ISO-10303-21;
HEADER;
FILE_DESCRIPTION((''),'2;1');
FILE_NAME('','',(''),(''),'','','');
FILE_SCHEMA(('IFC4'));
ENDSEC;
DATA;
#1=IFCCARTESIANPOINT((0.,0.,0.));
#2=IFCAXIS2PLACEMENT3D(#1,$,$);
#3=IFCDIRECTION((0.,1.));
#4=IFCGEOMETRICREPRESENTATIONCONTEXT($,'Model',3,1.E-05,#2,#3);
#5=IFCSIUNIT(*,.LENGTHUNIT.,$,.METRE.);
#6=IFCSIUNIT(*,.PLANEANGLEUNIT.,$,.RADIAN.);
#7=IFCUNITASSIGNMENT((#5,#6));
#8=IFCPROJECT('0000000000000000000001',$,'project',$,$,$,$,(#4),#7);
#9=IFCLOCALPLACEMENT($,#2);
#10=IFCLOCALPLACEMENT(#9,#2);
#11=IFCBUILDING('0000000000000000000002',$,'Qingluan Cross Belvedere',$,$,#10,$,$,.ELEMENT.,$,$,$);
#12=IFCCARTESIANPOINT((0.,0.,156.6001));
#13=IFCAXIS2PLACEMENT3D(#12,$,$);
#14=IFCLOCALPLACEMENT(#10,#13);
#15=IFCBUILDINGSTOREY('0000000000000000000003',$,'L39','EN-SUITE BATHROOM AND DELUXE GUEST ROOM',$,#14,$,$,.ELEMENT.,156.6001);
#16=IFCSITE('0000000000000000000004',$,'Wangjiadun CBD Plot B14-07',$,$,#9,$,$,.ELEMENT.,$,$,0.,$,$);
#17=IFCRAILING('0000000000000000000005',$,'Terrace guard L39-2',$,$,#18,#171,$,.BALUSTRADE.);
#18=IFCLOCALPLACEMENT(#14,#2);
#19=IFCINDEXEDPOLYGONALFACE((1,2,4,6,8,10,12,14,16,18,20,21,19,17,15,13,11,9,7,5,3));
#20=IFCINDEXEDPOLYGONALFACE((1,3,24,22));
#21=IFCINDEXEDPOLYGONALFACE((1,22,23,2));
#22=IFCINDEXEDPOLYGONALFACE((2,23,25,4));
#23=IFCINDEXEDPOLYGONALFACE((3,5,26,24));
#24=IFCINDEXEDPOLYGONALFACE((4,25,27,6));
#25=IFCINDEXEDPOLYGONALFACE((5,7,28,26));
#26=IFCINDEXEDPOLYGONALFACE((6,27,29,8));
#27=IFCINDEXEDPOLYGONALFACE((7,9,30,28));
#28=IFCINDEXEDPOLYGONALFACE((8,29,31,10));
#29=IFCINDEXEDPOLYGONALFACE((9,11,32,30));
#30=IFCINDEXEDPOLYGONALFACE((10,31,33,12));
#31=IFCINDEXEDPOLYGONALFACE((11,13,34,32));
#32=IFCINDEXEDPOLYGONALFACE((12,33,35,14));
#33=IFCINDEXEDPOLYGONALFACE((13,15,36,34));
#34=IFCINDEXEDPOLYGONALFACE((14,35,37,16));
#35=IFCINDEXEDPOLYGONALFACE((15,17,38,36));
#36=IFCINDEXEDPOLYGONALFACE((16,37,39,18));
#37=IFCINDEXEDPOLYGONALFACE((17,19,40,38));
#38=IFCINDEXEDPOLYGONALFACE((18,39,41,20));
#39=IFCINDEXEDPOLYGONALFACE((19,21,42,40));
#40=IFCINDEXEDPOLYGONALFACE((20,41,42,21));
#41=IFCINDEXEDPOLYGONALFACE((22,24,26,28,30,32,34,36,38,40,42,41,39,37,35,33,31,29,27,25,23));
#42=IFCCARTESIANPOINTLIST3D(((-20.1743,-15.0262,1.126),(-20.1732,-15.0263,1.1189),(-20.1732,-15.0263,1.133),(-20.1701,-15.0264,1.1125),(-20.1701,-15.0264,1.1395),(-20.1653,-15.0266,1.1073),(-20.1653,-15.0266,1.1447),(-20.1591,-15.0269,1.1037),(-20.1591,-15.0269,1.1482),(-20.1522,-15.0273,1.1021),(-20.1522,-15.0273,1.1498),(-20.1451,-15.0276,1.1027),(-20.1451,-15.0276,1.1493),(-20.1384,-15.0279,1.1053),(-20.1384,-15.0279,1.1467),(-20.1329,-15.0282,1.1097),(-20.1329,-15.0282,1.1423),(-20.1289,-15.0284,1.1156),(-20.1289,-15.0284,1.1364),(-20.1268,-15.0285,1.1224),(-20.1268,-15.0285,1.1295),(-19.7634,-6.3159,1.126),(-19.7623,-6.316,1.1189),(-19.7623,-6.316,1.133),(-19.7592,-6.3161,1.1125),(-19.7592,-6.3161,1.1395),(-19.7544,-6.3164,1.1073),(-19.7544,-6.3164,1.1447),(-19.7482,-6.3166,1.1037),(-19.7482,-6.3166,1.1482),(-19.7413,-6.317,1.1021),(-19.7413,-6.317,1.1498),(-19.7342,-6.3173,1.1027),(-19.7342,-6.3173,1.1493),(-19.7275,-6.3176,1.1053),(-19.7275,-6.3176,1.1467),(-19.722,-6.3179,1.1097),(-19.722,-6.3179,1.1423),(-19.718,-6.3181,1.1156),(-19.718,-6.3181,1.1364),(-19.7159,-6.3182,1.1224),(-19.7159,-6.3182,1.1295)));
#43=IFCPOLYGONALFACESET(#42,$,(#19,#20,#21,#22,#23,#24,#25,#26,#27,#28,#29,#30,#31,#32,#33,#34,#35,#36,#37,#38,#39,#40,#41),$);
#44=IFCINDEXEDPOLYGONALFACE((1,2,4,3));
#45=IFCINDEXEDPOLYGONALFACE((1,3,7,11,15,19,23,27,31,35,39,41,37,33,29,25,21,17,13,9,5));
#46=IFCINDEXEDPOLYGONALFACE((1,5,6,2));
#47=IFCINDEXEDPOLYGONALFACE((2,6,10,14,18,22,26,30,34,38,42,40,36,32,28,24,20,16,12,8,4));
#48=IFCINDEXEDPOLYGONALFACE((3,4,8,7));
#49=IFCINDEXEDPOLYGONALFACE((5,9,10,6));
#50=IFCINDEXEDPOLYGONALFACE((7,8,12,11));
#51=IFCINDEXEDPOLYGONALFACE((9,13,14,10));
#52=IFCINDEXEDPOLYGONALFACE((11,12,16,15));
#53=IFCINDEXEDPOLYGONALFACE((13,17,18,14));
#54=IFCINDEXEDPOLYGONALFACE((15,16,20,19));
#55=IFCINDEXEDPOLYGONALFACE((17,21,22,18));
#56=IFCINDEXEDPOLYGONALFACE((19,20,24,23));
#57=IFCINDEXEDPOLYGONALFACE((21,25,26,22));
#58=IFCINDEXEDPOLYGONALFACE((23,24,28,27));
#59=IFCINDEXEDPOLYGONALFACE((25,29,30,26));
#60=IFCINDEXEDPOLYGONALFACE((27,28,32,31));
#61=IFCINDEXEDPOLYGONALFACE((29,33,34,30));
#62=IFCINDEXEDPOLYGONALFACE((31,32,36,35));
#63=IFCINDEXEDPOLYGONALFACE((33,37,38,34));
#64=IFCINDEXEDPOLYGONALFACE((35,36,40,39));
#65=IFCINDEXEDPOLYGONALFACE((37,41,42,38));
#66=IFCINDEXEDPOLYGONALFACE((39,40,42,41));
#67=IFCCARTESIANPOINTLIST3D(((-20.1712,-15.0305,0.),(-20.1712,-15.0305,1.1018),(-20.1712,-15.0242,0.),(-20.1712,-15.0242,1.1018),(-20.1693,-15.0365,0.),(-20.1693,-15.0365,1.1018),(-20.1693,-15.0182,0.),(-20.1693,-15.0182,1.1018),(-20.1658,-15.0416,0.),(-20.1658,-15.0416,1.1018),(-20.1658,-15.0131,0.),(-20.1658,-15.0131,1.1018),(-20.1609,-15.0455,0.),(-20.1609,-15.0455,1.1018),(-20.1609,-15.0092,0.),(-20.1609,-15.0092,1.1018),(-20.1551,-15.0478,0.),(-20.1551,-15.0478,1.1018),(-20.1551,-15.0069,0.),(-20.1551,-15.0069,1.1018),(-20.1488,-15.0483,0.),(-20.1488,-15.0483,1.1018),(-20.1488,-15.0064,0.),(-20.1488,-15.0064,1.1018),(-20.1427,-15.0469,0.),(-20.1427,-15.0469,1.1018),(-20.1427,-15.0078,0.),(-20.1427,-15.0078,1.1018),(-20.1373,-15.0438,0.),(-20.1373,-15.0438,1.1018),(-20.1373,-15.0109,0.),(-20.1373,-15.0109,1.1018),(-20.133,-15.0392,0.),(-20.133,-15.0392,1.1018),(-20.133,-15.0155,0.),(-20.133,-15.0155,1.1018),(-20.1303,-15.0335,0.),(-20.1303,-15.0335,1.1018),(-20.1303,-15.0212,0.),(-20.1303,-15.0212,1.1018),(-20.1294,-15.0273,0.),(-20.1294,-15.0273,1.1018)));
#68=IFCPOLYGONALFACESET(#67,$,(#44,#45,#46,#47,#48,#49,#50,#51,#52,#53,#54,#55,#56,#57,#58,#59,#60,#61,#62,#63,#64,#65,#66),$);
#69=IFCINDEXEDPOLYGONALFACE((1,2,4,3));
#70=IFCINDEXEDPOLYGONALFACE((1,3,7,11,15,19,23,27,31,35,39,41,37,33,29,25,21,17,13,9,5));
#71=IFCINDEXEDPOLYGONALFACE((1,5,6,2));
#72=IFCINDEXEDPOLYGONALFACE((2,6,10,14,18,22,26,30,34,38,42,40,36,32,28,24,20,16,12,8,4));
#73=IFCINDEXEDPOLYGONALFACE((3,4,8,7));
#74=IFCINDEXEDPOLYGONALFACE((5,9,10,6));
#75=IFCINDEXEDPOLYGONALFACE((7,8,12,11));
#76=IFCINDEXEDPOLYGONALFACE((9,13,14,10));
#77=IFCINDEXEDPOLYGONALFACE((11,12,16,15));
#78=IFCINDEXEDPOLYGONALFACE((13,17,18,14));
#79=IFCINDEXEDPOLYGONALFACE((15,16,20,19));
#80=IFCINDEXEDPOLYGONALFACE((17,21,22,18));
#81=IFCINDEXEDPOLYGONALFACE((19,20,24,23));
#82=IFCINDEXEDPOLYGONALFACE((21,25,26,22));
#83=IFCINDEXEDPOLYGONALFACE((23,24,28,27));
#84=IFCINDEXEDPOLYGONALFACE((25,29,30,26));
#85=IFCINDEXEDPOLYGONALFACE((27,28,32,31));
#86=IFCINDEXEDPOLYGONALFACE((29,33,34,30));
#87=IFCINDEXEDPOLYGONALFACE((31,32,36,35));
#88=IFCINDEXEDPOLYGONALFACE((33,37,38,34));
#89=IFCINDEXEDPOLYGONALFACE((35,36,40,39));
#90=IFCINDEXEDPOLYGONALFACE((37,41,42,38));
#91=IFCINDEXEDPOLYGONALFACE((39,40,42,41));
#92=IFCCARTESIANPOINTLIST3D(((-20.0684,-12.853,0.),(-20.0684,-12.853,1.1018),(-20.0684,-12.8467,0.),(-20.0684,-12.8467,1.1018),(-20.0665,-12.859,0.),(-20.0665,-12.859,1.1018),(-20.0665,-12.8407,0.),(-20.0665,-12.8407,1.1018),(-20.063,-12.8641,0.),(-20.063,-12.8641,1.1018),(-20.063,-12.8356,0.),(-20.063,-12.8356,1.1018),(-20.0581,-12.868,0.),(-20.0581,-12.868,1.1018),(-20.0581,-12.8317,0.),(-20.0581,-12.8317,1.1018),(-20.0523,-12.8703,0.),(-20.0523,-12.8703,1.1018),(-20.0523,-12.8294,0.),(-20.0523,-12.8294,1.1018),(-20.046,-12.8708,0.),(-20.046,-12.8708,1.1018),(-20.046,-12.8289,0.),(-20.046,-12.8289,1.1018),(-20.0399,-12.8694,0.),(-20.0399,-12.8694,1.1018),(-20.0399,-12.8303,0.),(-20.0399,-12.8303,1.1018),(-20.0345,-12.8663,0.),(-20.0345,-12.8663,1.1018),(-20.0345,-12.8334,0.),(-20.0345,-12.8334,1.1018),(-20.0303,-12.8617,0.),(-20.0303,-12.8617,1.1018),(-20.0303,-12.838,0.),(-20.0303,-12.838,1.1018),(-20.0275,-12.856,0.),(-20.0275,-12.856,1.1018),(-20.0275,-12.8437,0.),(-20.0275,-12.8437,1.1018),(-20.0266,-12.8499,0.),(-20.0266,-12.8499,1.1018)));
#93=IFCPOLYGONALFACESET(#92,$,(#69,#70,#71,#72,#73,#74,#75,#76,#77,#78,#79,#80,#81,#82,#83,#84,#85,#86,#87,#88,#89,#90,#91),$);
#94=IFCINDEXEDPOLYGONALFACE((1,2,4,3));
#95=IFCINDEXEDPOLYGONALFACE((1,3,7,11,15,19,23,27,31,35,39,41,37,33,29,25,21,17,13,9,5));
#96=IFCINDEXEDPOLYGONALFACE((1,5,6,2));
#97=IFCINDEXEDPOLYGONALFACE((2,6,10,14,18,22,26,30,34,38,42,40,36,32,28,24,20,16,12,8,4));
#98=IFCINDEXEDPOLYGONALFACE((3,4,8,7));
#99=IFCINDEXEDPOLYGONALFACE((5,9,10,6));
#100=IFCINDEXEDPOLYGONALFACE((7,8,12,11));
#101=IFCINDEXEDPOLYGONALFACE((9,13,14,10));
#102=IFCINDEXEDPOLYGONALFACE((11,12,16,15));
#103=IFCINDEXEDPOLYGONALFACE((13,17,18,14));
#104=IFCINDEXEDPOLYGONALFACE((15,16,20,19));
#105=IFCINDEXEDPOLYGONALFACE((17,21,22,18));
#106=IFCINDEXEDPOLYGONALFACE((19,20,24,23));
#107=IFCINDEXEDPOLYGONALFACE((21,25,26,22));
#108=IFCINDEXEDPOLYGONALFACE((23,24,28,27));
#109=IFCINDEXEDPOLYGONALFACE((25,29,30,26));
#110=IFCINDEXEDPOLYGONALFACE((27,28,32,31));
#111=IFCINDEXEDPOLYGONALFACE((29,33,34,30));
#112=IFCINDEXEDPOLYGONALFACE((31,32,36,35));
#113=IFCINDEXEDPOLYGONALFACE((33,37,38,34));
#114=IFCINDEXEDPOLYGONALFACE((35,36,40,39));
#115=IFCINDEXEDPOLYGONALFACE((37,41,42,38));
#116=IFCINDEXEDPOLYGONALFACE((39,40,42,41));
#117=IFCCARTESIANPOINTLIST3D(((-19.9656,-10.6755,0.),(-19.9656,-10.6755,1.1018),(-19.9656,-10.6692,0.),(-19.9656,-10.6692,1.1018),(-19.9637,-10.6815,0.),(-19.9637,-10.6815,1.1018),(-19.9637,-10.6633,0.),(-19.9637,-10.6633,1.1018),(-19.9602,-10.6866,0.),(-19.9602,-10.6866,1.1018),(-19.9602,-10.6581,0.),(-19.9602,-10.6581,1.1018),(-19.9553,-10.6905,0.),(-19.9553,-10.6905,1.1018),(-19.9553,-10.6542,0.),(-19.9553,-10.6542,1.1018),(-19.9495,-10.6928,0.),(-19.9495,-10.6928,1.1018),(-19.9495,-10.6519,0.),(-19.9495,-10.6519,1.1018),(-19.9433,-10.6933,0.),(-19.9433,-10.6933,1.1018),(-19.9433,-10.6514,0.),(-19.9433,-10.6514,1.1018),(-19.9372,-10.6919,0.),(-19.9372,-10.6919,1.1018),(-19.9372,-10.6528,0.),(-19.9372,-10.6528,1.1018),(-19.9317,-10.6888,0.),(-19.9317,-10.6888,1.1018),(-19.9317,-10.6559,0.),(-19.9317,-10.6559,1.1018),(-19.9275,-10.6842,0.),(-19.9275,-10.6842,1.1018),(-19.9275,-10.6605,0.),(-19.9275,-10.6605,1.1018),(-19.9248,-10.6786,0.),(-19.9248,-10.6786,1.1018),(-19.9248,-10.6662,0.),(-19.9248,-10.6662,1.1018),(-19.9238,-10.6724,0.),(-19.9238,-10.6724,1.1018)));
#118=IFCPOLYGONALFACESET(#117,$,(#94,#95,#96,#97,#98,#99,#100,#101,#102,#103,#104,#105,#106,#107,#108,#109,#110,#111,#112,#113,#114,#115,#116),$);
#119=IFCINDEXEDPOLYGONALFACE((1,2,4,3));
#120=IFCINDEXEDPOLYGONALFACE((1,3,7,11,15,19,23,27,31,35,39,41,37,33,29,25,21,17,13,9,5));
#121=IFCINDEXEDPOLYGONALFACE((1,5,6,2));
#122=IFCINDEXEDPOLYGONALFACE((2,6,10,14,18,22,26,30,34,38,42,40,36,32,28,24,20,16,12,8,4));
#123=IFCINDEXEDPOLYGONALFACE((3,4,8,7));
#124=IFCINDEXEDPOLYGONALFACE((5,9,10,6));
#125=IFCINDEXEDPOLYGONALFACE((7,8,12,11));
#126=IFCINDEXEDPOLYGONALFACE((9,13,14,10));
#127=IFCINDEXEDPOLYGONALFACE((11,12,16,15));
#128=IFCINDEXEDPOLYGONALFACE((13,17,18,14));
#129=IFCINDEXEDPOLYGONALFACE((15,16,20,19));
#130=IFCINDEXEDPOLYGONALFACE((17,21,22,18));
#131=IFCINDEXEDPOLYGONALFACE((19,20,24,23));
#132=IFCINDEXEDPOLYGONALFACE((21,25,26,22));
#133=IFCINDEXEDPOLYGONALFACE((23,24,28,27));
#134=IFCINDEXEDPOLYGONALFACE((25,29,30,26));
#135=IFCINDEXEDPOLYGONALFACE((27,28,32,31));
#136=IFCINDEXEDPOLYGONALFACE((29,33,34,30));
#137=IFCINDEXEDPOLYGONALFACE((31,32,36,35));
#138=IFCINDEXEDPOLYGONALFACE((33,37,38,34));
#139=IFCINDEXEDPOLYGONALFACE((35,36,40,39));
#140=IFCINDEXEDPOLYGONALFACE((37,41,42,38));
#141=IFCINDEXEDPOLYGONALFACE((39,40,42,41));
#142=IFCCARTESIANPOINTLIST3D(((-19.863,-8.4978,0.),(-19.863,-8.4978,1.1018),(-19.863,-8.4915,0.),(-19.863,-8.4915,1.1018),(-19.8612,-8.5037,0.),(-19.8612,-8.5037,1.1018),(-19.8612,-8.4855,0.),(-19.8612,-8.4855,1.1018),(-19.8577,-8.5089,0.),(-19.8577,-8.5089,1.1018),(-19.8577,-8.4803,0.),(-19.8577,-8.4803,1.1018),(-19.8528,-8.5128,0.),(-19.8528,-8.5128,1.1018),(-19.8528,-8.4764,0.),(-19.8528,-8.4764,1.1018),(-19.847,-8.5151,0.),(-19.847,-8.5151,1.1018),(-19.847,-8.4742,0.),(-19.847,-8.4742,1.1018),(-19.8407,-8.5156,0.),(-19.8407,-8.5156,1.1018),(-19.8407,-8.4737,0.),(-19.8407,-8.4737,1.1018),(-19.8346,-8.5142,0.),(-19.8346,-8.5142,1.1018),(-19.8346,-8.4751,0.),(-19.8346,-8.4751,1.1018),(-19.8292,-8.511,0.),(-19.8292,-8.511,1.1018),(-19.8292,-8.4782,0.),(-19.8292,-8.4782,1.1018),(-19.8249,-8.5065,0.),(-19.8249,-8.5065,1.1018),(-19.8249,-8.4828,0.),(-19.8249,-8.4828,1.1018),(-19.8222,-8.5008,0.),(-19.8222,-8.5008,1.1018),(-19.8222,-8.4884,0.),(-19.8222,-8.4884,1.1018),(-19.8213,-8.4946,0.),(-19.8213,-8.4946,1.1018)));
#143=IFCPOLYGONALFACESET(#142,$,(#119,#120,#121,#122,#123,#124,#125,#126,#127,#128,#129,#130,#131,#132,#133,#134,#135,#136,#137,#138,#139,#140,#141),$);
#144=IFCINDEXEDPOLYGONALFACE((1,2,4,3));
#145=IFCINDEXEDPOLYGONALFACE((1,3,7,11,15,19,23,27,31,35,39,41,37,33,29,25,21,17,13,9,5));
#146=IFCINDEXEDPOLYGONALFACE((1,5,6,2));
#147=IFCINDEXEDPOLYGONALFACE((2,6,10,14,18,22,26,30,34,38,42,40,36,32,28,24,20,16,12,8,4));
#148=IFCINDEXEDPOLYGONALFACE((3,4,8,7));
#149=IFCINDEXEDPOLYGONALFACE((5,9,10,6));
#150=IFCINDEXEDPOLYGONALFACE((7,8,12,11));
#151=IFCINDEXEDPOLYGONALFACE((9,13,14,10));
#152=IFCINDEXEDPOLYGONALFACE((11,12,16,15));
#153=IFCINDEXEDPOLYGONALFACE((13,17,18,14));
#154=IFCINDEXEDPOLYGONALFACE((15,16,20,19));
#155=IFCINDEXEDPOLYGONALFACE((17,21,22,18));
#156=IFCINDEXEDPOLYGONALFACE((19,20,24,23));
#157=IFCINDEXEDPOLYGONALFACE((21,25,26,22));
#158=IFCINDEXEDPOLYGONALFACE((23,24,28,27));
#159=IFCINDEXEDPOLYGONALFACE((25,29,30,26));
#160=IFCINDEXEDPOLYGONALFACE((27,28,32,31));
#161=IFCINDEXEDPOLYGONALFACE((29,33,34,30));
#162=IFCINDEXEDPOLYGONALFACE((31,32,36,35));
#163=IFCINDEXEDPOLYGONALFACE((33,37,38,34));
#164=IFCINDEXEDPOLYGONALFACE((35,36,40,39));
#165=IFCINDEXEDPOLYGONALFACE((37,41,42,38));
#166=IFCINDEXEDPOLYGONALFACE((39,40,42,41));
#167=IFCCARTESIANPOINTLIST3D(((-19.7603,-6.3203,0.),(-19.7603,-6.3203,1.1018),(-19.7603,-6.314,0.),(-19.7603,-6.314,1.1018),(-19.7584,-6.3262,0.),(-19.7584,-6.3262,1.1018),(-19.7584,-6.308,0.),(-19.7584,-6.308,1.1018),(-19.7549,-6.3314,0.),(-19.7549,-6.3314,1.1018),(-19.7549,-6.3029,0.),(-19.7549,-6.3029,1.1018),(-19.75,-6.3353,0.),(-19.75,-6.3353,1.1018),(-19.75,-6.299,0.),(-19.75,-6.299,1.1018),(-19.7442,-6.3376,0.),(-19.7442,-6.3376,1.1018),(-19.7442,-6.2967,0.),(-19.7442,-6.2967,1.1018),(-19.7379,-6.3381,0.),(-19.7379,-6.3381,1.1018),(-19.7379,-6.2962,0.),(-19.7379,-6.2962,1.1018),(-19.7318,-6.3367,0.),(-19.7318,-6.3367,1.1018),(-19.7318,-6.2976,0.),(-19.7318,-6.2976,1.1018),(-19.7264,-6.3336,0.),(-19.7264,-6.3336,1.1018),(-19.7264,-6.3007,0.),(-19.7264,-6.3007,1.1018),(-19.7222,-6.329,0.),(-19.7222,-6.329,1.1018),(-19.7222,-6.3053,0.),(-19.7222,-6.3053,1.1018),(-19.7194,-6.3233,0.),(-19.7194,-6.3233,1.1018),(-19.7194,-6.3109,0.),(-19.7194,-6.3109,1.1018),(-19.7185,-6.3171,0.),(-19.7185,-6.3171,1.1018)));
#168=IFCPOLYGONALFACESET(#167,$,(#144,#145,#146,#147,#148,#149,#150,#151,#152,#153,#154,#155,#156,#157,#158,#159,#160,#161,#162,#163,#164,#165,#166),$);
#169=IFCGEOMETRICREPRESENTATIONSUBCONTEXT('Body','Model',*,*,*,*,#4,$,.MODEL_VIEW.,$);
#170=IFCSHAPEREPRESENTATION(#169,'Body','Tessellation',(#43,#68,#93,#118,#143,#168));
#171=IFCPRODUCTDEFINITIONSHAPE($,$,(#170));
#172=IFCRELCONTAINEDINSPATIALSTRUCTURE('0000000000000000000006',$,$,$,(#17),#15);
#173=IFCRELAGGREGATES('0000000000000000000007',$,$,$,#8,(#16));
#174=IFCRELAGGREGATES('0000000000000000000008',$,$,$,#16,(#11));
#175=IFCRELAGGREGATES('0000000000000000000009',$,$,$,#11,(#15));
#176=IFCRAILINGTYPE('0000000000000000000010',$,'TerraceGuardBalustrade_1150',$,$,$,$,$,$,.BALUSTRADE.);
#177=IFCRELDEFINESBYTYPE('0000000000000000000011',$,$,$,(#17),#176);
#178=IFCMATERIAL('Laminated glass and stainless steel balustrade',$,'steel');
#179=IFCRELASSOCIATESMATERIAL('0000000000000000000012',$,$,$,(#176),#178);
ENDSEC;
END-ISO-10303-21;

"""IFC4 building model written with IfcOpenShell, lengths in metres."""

from ifc_helpers import new_model, si_unit, direction, frame, origin, origin_2d, place, context, subcontext, project, spatial, circle, extrude, material, type_object, element, save


model = new_model("IFC4")

# Units and contexts
model_context = context("Model", 3, precision=1e-05, world=origin(), true_north=direction((0.0, 1.0)))
body_context = subcontext(model_context, "Body", "Model", "MODEL_VIEW")
ifc_project = project(units=[si_unit("LENGTHUNIT", "METRE"), si_unit("PLANEANGLEUNIT", "RADIAN")], contexts=[model_context])

# Site, building, storey
site_placement = place(None, origin())
site = spatial("IfcSite", under=ifc_project, at=site_placement, Name="Wangjiadun CBD Plot B14-07", CompositionType="ELEMENT", RefElevation=0.0)
building_placement = place(site_placement, origin())
building = spatial("IfcBuilding", under=site, at=building_placement, Name="Qingluan Cross Belvedere", CompositionType="ELEMENT")
storey_placement = place(building_placement, frame((0.0, 0.0, 156.6001)))
storey = spatial("IfcBuildingStorey", under=building, at=storey_placement, Name="L39", Description="EN-SUITE BATHROOM AND DELUXE GUEST ROOM", CompositionType="ELEMENT", Elevation=156.6001)

# Railing
ifc_material_1 = material(Name="Laminated glass and stainless steel balustrade", Category="steel")
railing_type = type_object("IfcRailingType", Name="TerraceGuardBalustrade_1150", PredefinedType="BALUSTRADE", material=ifc_material_1)
railing_1_placement = place(storey_placement, frame((-20.1504, -15.0273, 0.0)))
element("IfcRailing", 1, at=railing_1_placement, inside=storey, type_object=railing_type, Name="Terrace guard L39-2", PredefinedType="BALUSTRADE", context=body_context, shape_type="SweptSolid", body=[
    extrude(circle(Radius=0.0239, at=origin_2d()), frame((0.0, 0.0, 1.126), z_axis=(0.047121, 0.998889, 0.0), x_axis=(-0.998889, 0.047121, 0.0)), (0.0, 0.0, 1.0), 8.72),
    extrude(circle(Radius=0.021, at=origin_2d()), origin(), (0.0, 0.0, 1.0), 1.1018),
    extrude(circle(Radius=0.021, at=origin_2d()), frame((0.1028, 2.1775, 0.0)), (0.0, 0.0, 1.0), 1.1018),
    extrude(circle(Radius=0.021, at=origin_2d()), frame((0.2056, 4.355, 0.0)), (0.0, 0.0, 1.0), 1.1018),
    extrude(circle(Radius=0.021, at=origin_2d()), frame((0.3081, 6.5327, 0.0)), (0.0, 0.0, 1.0), 1.1018),
    extrude(circle(Radius=0.021, at=origin_2d()), frame((0.4109, 8.7102, 0.0)), (0.0, 0.0, 1.0), 1.1018),
])

save(model, "model.ifc")
